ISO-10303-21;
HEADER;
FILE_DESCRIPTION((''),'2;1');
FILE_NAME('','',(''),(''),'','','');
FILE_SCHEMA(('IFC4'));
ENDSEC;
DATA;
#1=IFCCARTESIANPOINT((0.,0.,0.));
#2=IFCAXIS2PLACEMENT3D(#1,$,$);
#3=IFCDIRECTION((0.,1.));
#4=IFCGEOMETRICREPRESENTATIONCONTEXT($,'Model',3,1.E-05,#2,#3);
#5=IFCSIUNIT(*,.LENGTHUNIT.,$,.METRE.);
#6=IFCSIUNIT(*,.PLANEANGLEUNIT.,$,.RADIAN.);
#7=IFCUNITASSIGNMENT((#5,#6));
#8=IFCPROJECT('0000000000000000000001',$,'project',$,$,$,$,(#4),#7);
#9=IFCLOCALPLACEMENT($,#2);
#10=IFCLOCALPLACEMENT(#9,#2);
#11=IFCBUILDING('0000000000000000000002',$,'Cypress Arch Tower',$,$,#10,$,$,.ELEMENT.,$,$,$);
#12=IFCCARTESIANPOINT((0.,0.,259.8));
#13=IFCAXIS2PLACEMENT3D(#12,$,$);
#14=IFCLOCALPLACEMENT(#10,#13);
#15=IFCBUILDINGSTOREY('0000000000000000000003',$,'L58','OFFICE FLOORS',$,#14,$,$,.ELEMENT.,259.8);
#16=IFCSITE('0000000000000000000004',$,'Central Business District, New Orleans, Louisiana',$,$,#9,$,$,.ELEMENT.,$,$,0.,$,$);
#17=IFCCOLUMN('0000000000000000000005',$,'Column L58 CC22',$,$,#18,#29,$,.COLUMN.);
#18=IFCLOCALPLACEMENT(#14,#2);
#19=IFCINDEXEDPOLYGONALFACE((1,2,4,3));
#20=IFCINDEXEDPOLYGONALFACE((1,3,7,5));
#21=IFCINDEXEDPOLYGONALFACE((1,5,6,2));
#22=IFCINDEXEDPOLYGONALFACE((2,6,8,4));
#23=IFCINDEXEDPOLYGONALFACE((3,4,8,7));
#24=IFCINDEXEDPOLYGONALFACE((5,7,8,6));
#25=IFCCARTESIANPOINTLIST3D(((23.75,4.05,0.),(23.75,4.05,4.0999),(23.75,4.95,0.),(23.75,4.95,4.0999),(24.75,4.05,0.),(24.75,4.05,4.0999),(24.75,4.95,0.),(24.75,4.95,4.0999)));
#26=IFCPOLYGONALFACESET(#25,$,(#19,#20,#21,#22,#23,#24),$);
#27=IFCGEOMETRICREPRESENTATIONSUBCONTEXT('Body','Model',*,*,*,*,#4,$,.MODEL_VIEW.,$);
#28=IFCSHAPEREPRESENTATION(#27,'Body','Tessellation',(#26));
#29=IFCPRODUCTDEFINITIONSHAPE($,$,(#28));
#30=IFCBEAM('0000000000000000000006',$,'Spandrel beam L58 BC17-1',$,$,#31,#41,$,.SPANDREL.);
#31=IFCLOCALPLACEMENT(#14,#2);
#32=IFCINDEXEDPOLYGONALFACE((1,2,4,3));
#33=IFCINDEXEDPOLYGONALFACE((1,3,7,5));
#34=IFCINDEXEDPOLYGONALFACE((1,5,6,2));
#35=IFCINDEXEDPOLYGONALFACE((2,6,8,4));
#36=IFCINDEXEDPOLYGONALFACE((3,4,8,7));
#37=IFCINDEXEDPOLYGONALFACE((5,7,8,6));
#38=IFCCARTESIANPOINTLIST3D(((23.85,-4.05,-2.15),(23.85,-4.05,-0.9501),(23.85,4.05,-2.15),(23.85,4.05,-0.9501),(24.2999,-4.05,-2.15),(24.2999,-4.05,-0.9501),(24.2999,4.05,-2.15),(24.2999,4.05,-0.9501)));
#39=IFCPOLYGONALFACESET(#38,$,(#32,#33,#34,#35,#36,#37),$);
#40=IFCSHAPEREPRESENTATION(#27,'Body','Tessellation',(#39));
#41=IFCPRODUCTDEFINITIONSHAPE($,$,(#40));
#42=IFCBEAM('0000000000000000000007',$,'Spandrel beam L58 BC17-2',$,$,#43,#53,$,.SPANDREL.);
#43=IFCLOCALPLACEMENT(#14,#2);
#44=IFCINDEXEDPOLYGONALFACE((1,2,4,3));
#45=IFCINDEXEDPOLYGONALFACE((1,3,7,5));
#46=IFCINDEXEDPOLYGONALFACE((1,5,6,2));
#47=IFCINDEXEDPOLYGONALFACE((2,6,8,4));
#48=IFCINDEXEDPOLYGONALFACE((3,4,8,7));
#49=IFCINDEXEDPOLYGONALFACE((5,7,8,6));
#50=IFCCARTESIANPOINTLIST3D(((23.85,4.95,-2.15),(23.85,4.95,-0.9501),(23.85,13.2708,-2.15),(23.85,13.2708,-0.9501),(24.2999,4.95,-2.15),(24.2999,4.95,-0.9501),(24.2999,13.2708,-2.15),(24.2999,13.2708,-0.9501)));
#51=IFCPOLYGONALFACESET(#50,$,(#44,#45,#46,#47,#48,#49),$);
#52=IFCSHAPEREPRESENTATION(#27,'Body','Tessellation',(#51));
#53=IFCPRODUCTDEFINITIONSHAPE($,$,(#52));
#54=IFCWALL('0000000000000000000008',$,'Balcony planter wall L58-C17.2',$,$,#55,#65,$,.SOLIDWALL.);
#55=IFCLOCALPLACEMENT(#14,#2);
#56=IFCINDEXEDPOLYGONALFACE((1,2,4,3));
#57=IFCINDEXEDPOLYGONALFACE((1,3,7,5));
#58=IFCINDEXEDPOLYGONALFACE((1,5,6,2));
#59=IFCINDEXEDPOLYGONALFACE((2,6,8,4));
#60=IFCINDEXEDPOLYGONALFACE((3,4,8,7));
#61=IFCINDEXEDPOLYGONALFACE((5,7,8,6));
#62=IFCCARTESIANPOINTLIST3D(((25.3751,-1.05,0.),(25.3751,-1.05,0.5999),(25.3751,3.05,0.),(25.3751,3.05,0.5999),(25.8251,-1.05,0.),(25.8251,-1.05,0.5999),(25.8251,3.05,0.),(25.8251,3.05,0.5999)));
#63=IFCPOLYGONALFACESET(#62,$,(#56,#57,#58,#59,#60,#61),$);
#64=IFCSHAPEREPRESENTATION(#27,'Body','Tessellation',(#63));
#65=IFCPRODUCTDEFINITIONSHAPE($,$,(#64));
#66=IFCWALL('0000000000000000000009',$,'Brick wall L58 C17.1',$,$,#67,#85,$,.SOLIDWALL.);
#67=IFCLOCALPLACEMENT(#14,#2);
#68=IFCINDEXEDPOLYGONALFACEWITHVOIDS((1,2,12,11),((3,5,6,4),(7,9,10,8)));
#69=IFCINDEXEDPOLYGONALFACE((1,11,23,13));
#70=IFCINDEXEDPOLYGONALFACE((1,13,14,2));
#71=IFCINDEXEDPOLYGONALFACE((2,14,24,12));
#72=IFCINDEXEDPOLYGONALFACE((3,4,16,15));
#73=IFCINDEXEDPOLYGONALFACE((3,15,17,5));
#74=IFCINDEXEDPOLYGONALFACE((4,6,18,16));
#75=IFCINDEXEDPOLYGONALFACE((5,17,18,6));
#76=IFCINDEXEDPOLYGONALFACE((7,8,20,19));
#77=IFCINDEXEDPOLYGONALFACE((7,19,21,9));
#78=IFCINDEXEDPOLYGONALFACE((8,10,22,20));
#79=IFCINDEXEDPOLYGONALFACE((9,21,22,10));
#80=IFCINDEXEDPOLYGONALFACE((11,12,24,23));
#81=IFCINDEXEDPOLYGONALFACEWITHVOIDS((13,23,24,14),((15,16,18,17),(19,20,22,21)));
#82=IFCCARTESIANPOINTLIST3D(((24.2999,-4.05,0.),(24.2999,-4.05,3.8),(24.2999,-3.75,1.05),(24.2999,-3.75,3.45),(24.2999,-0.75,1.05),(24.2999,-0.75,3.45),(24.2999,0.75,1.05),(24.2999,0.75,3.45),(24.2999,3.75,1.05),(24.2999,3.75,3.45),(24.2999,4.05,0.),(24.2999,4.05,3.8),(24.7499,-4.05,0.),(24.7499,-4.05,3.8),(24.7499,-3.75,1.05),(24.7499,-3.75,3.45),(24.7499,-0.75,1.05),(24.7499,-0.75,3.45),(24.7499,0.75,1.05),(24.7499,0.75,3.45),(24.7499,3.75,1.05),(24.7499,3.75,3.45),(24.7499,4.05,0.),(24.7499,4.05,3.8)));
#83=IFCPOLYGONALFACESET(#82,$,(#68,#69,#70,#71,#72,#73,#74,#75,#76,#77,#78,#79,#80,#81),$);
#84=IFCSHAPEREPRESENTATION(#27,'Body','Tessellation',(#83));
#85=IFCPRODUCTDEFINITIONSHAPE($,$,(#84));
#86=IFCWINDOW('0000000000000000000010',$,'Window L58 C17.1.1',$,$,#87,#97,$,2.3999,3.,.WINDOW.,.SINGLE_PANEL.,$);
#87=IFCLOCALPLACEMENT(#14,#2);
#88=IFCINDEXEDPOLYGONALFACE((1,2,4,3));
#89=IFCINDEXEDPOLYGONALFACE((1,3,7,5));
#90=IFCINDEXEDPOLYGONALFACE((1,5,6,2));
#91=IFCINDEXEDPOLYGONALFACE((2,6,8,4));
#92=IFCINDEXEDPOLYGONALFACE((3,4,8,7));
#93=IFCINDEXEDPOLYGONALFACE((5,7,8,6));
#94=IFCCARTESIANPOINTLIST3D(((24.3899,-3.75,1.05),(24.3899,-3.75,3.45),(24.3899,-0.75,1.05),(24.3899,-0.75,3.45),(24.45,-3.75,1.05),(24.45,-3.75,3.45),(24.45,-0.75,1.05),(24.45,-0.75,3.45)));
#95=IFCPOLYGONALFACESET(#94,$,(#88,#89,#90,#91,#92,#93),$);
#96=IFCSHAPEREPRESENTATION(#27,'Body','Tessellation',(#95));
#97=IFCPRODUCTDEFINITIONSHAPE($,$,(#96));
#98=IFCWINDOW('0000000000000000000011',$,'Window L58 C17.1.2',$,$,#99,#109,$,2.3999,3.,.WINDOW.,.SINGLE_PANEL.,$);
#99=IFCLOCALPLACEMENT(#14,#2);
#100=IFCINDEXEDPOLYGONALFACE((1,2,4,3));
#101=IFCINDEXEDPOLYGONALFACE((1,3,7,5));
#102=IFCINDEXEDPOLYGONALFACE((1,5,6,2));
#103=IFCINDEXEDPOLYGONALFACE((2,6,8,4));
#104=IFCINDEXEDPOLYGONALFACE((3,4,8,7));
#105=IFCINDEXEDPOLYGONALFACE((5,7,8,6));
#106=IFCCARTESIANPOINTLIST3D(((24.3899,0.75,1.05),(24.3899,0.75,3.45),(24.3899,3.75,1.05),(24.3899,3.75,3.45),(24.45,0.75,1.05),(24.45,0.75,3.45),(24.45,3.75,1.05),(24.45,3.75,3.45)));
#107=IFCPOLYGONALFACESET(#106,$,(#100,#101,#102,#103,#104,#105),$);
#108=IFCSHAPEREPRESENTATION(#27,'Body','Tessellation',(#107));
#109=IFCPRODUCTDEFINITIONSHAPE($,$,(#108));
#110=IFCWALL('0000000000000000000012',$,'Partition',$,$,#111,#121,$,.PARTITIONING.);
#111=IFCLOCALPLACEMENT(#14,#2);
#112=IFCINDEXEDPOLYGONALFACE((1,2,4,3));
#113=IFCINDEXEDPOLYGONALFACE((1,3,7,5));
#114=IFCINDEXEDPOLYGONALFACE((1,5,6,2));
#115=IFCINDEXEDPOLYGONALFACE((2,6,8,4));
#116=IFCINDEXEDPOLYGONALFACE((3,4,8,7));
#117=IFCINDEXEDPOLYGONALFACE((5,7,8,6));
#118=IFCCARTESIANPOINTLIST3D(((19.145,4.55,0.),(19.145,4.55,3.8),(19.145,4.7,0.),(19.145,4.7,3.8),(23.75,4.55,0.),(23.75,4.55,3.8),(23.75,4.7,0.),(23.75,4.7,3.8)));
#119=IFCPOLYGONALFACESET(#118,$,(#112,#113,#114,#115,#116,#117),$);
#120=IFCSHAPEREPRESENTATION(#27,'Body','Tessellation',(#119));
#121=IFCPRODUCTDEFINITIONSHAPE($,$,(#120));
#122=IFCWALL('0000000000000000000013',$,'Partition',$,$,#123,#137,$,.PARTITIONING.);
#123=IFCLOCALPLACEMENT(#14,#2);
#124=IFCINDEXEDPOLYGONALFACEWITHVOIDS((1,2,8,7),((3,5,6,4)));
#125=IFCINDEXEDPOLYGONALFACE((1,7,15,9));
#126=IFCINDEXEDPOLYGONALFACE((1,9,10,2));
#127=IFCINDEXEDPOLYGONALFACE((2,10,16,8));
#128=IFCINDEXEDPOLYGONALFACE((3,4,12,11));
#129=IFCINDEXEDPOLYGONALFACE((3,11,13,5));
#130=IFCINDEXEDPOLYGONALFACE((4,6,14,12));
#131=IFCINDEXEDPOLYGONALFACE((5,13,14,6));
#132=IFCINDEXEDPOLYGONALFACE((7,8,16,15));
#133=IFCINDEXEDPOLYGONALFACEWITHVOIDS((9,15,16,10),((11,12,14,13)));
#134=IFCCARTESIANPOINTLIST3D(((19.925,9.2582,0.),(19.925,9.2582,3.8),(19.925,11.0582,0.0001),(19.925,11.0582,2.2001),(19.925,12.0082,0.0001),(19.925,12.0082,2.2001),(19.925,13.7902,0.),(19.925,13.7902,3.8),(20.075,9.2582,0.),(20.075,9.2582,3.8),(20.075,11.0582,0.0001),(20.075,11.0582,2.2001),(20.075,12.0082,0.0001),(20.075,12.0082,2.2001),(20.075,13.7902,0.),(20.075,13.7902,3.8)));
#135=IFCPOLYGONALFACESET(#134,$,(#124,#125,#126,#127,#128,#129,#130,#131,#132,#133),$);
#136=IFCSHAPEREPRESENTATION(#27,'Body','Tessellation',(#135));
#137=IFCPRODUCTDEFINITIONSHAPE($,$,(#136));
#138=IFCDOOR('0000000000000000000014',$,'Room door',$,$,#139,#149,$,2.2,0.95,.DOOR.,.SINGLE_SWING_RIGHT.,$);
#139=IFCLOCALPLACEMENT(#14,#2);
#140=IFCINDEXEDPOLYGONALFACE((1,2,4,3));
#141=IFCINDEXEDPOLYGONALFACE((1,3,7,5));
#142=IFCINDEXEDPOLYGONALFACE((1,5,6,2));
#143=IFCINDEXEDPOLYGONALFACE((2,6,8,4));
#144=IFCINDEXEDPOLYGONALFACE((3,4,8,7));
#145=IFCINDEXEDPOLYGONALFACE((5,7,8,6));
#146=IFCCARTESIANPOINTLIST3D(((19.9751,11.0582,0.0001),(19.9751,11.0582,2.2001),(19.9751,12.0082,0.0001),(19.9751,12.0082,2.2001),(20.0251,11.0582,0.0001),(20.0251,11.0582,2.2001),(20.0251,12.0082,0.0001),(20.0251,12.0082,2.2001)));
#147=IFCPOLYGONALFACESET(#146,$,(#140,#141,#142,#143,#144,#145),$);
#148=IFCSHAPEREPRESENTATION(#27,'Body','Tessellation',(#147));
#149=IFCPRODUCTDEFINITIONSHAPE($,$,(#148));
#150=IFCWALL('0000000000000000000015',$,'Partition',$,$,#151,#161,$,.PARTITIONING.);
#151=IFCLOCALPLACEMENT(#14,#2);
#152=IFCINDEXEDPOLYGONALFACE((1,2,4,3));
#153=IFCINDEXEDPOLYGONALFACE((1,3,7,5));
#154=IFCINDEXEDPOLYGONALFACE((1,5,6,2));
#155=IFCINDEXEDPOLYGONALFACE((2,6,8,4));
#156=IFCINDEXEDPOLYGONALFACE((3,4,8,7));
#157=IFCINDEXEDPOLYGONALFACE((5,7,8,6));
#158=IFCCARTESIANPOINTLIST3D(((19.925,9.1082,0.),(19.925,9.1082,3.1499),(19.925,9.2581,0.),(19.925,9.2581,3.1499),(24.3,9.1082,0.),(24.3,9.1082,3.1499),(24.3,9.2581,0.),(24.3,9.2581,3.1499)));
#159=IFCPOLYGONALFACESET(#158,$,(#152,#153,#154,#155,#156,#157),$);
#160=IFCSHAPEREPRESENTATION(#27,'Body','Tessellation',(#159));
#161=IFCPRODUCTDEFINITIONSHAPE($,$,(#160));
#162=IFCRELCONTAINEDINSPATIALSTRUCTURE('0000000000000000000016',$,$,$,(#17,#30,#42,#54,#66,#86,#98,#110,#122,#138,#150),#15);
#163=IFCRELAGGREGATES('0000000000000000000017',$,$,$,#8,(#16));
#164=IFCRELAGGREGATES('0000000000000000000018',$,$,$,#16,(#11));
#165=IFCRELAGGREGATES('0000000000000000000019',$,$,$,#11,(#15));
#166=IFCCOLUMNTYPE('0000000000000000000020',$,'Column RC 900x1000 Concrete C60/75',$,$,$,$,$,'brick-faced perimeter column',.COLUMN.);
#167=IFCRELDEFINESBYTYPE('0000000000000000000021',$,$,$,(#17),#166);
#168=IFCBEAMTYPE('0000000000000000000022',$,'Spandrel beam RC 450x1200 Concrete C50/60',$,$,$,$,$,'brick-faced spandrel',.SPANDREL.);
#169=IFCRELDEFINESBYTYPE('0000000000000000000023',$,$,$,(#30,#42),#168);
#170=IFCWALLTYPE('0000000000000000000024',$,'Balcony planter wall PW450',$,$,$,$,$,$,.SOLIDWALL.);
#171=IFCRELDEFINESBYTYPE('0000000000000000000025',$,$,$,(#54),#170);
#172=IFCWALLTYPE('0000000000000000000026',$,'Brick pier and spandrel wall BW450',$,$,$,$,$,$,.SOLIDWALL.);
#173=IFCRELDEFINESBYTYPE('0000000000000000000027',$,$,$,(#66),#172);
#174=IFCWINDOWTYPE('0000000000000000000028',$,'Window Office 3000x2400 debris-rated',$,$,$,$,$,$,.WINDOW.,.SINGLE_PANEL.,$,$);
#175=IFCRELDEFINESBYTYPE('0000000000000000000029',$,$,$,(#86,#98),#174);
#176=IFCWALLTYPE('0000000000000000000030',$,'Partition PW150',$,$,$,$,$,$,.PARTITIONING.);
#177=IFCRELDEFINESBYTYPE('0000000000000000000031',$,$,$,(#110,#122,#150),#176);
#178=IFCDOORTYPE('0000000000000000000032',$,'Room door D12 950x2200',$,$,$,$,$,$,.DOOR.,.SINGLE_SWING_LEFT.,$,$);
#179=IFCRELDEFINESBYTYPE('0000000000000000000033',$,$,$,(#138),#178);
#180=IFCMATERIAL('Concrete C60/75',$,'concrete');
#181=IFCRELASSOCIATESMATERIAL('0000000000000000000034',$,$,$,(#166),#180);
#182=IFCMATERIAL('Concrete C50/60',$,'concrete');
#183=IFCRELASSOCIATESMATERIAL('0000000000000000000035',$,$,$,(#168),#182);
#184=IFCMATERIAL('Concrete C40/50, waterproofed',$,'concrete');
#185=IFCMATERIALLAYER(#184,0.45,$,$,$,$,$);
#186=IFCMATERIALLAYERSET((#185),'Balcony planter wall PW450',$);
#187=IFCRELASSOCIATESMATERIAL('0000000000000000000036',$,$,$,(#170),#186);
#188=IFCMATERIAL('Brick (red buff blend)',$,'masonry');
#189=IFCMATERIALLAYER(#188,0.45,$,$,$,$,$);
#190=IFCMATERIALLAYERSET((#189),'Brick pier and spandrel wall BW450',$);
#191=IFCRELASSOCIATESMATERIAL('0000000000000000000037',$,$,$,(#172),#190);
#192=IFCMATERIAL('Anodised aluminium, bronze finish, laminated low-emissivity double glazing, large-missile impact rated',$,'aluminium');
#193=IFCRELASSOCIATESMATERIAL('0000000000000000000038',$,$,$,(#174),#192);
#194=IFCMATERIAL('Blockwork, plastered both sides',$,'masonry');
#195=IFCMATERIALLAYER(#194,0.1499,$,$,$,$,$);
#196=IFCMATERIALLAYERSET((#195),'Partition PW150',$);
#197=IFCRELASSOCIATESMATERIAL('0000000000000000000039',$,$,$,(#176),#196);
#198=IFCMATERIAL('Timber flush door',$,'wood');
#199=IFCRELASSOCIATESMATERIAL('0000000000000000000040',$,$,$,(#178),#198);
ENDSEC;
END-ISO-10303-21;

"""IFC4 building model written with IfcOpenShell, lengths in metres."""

from ifc_helpers import new_model, si_unit, direction, frame, frame_2d, origin, origin_2d, place, context, subcontext, project, spatial, rectangle, extrude, material, layer, layer_set, material_profile, profile_set, type_object, element, fill, save


model = new_model("IFC4")

# Units and contexts
model_context = context("Model", 3, precision=1e-05, world=origin(), true_north=direction((0.0, 1.0)))
body_context = subcontext(model_context, "Body", "Model", "MODEL_VIEW")
ifc_project = project(units=[si_unit("LENGTHUNIT", "METRE"), si_unit("PLANEANGLEUNIT", "RADIAN")], contexts=[model_context])

# Site, building, storey
site_placement = place(None, origin())
site = spatial("IfcSite", under=ifc_project, at=site_placement, Name="Central Business District, New Orleans, Louisiana", CompositionType="ELEMENT", RefElevation=0.0)
building_placement = place(site_placement, origin())
building = spatial("IfcBuilding", under=site, at=building_placement, Name="Cypress Arch Tower", CompositionType="ELEMENT")
storey_placement = place(building_placement, frame((0.0, 0.0, 259.8)))
storey = spatial("IfcBuildingStorey", under=building, at=storey_placement, Name="L58", Description="OFFICE FLOORS", CompositionType="ELEMENT", Elevation=259.8)

# Column
ifc_material_1 = material(Name="Concrete C60/75", Category="concrete")
ifc_material_profile_1 = material_profile(ifc_material_1, rectangle(XDim=0.8999, YDim=1.0, at=origin_2d()), Name="RC 900x1000")
ifc_profile_set_1 = profile_set([ifc_material_profile_1], Name="Concrete C60/75")
column_type = type_object("IfcColumnType", Name="Column RC 900x1000 Concrete C60/75", ElementType="brick-faced perimeter column", PredefinedType="COLUMN", material=ifc_profile_set_1)
column_placement = place(storey_placement, frame((24.25, 4.5, 0.0), z_axis=(0.0, 0.0, 1.0), x_axis=(0.0, 1.0, 0.0)))
element("IfcColumn", 1, at=column_placement, inside=storey, type_object=column_type, Name="Column L58 CC22", PredefinedType="COLUMN", context=body_context, shape_type="SweptSolid", body=[
    extrude(rectangle(XDim=0.8999, YDim=1.0, at=origin_2d()), origin(), (0.0, 0.0, 1.0), 4.0999),
])

# Beams
ifc_material_2 = material(Name="Concrete C50/60", Category="concrete")
ifc_material_profile_2 = material_profile(ifc_material_2, rectangle(XDim=0.45, YDim=1.2, at=origin_2d()), Name="RC 450x1200")
ifc_profile_set_2 = profile_set([ifc_material_profile_2], Name="Concrete C50/60")
beam_type = type_object("IfcBeamType", Name="Spandrel beam RC 450x1200 Concrete C50/60", ElementType="brick-faced spandrel", PredefinedType="SPANDREL", material=ifc_profile_set_2)
beam_1_placement = place(storey_placement, frame((24.075, -4.05, -1.55), z_axis=(0.0, 1.0, 0.0), x_axis=(-1.0, 0.0, 0.0)))
element("IfcBeam", 2, at=beam_1_placement, inside=storey, type_object=beam_type, Name="Spandrel beam L58 BC17-1", PredefinedType="SPANDREL", context=body_context, shape_type="SweptSolid", body=[
    extrude(rectangle(XDim=0.45, YDim=1.2, at=origin_2d()), origin(), (0.0, 0.0, 1.0), 8.1001),
])
beam_2_placement = place(storey_placement, frame((24.075, 4.95, -1.55), z_axis=(0.0, 1.0, 0.0), x_axis=(-1.0, 0.0, 0.0)))
element("IfcBeam", 3, at=beam_2_placement, inside=storey, type_object=beam_type, Name="Spandrel beam L58 BC17-2", PredefinedType="SPANDREL", context=body_context, shape_type="SweptSolid", body=[
    extrude(rectangle(XDim=0.45, YDim=1.2, at=origin_2d()), origin(), (0.0, 0.0, 1.0), 8.3208),
])

# Wall
ifc_material_3 = material(Name="Concrete C40/50, waterproofed", Category="concrete")
ifc_layer_1 = layer(ifc_material_3, 0.45)
ifc_layer_set_1 = layer_set([ifc_layer_1], Name="Balcony planter wall PW450")
wall_type_1 = type_object("IfcWallType", Name="Balcony planter wall PW450", PredefinedType="SOLIDWALL", material=ifc_layer_set_1)
wall_1_placement = place(storey_placement, frame((25.6001, -1.05, 0.0), z_axis=(0.0, 0.0, 1.0), x_axis=(0.0, 1.0, 0.0)))
element("IfcWall", 4, at=wall_1_placement, inside=storey, type_object=wall_type_1, Name="Balcony planter wall L58-C17.2", PredefinedType="SOLIDWALL", context=body_context, shape_type="SweptSolid", body=[
    extrude(rectangle(XDim=4.1001, YDim=0.45, at=frame_2d((2.05, 0.0))), origin(), (0.0, 0.0, 1.0), 0.5999),
])

# Wall, openings, windows
ifc_material_4 = material(Name="Brick (red buff blend)", Category="masonry")
ifc_layer_2 = layer(ifc_material_4, 0.45)
ifc_layer_set_2 = layer_set([ifc_layer_2], Name="Brick pier and spandrel wall BW450")
wall_type_2 = type_object("IfcWallType", Name="Brick pier and spandrel wall BW450", PredefinedType="SOLIDWALL", material=ifc_layer_set_2)
wall_2_placement = place(storey_placement, frame((24.5249, -4.05, 0.0), z_axis=(0.0, 0.0, 1.0), x_axis=(0.0, 1.0, 0.0)))
wall_2 = element("IfcWall", 5, at=wall_2_placement, inside=storey, type_object=wall_type_2, Name="Brick wall L58 C17.1", PredefinedType="SOLIDWALL", context=body_context, shape_type="SweptSolid", body=[
    extrude(rectangle(XDim=8.1001, YDim=0.45, at=frame_2d((4.05, 0.0))), origin(), (0.0, 0.0, 1.0), 3.8),
])
opening_1_placement = place(wall_2_placement, frame((0.3, 0.0, 1.05)))
opening_1 = element("IfcOpeningElement", 6, at=opening_1_placement, cuts=wall_2, PredefinedType="OPENING", context=body_context, shape_type="SweptSolid", body=[
    extrude(rectangle(XDim=3.0, YDim=2.3999, at=frame_2d((1.5, 1.2))), frame((0.0, 0.2349, 0.0), z_axis=(0.0, -1.0, 0.0), x_axis=(1.0, 0.0, 0.0)), (0.0, 0.0, 1.0), 0.47),
])
opening_2_placement = place(wall_2_placement, frame((4.8, 0.0, 1.05)))
opening_2 = element("IfcOpeningElement", 7, at=opening_2_placement, cuts=wall_2, PredefinedType="OPENING", context=body_context, shape_type="SweptSolid", body=[
    extrude(rectangle(XDim=3.0, YDim=2.3999, at=frame_2d((1.5, 1.2))), frame((0.0, 0.2349, 0.0), z_axis=(0.0, -1.0, 0.0), x_axis=(1.0, 0.0, 0.0)), (0.0, 0.0, 1.0), 0.47),
])
ifc_material_5 = material(Name="Anodised aluminium, bronze finish, laminated low-emissivity double glazing, large-missile impact rated", Category="aluminium")
window_type_1 = type_object("IfcWindowType", Name="Window Office 3000x2400 debris-rated", PartitioningType="SINGLE_PANEL", PredefinedType="WINDOW", material=ifc_material_5)
window_1_placement = place(opening_1_placement, origin())
window_1 = element("IfcWindow", 8, at=window_1_placement, inside=storey, type_object=window_type_1, Name="Window L58 C17.1.1", OverallHeight=2.3999, OverallWidth=3.0, PartitioningType="SINGLE_PANEL", PredefinedType="WINDOW", context=body_context, shape_type="SweptSolid", body=[
    extrude(rectangle(XDim=3.0, YDim=2.3999, at=frame_2d((1.5, 1.2))), frame((0.0, 0.135, 0.0), z_axis=(0.0, -1.0, 0.0), x_axis=(1.0, 0.0, 0.0)), (0.0, 0.0, 1.0), 0.0601),
])
fill(opening_1, window_1)
window_2_placement = place(opening_2_placement, origin())
window_2 = element("IfcWindow", 9, at=window_2_placement, inside=storey, type_object=window_type_1, Name="Window L58 C17.1.2", OverallHeight=2.3999, OverallWidth=3.0, PartitioningType="SINGLE_PANEL", PredefinedType="WINDOW", context=body_context, shape_type="SweptSolid", body=[
    extrude(rectangle(XDim=3.0, YDim=2.3999, at=frame_2d((1.5, 1.2))), frame((0.0, 0.135, 0.0), z_axis=(0.0, -1.0, 0.0), x_axis=(1.0, 0.0, 0.0)), (0.0, 0.0, 1.0), 0.0601),
])
fill(opening_2, window_2)

# Wall
ifc_material_6 = material(Name="Blockwork, plastered both sides", Category="masonry")
ifc_layer_3 = layer(ifc_material_6, 0.1499)
ifc_layer_set_3 = layer_set([ifc_layer_3], Name="Partition PW150")
wall_type_3 = type_object("IfcWallType", Name="Partition PW150", PredefinedType="PARTITIONING", material=ifc_layer_set_3)
wall_3_placement = place(storey_placement, frame((19.145, 4.625, 0.0), z_axis=(0.0, 0.0, 1.0), x_axis=(1.0, 0.0, 0.0)))
element("IfcWall", 10, at=wall_3_placement, inside=storey, type_object=wall_type_3, Name="Partition", PredefinedType="PARTITIONING", context=body_context, shape_type="SweptSolid", body=[
    extrude(rectangle(XDim=4.605, YDim=0.1499, at=frame_2d((2.3025, 0.0))), origin(), (0.0, 0.0, 1.0), 3.8),
])

# Wall, opening, door
wall_4_placement = place(storey_placement, frame((20.0, 9.2581, 0.0), z_axis=(0.0, 0.0, 1.0), x_axis=(0.0, 1.0, 0.0)))
wall_4 = element("IfcWall", 11, at=wall_4_placement, inside=storey, type_object=wall_type_3, Name="Partition", PredefinedType="PARTITIONING", context=body_context, shape_type="SweptSolid", body=[
    extrude(rectangle(XDim=4.532, YDim=0.1499, at=frame_2d((2.2661, 0.0))), origin(), (0.0, 0.0, 1.0), 3.8),
])
opening_3_placement = place(wall_4_placement, frame((1.8, 0.0, 0.0)))
opening_3 = element("IfcOpeningElement", 12, at=opening_3_placement, cuts=wall_4, PredefinedType="OPENING", context=body_context, shape_type="SweptSolid", body=[
    extrude(rectangle(XDim=0.95, YDim=2.2, at=frame_2d((0.4751, 1.1001))), frame((0.0, 0.085, 0.0), z_axis=(0.0, -1.0, 0.0), x_axis=(1.0, 0.0, 0.0)), (0.0, 0.0, 1.0), 0.1699),
])
ifc_material_7 = material(Name="Timber flush door", Category="wood")
door_type_1 = type_object("IfcDoorType", Name="Room door D12 950x2200", OperationType="SINGLE_SWING_LEFT", PredefinedType="DOOR", material=ifc_material_7)
door_1_placement = place(opening_3_placement, origin())
door_1 = element("IfcDoor", 13, at=door_1_placement, inside=storey, type_object=door_type_1, Name="Room door", OperationType="SINGLE_SWING_RIGHT", OverallHeight=2.2, OverallWidth=0.95, PredefinedType="DOOR", context=body_context, shape_type="SweptSolid", body=[
    extrude(rectangle(XDim=0.95, YDim=2.2, at=frame_2d((0.4751, 1.1001))), frame((0.0, 0.0249, 0.0), z_axis=(0.0, -1.0, 0.0), x_axis=(1.0, 0.0, 0.0)), (0.0, 0.0, 1.0), 0.05),
])
fill(opening_3, door_1)

# Wall
wall_5_placement = place(storey_placement, frame((19.925, 9.1831, 0.0), z_axis=(0.0, 0.0, 1.0), x_axis=(1.0, 0.0, 0.0)))
element("IfcWall", 14, at=wall_5_placement, inside=storey, type_object=wall_type_3, Name="Partition", PredefinedType="PARTITIONING", context=body_context, shape_type="SweptSolid", body=[
    extrude(rectangle(XDim=4.375, YDim=0.1499, at=frame_2d((2.1875, 0.0))), origin(), (0.0, 0.0, 1.0), 3.1499),
])

save(model, "model.ifc")
